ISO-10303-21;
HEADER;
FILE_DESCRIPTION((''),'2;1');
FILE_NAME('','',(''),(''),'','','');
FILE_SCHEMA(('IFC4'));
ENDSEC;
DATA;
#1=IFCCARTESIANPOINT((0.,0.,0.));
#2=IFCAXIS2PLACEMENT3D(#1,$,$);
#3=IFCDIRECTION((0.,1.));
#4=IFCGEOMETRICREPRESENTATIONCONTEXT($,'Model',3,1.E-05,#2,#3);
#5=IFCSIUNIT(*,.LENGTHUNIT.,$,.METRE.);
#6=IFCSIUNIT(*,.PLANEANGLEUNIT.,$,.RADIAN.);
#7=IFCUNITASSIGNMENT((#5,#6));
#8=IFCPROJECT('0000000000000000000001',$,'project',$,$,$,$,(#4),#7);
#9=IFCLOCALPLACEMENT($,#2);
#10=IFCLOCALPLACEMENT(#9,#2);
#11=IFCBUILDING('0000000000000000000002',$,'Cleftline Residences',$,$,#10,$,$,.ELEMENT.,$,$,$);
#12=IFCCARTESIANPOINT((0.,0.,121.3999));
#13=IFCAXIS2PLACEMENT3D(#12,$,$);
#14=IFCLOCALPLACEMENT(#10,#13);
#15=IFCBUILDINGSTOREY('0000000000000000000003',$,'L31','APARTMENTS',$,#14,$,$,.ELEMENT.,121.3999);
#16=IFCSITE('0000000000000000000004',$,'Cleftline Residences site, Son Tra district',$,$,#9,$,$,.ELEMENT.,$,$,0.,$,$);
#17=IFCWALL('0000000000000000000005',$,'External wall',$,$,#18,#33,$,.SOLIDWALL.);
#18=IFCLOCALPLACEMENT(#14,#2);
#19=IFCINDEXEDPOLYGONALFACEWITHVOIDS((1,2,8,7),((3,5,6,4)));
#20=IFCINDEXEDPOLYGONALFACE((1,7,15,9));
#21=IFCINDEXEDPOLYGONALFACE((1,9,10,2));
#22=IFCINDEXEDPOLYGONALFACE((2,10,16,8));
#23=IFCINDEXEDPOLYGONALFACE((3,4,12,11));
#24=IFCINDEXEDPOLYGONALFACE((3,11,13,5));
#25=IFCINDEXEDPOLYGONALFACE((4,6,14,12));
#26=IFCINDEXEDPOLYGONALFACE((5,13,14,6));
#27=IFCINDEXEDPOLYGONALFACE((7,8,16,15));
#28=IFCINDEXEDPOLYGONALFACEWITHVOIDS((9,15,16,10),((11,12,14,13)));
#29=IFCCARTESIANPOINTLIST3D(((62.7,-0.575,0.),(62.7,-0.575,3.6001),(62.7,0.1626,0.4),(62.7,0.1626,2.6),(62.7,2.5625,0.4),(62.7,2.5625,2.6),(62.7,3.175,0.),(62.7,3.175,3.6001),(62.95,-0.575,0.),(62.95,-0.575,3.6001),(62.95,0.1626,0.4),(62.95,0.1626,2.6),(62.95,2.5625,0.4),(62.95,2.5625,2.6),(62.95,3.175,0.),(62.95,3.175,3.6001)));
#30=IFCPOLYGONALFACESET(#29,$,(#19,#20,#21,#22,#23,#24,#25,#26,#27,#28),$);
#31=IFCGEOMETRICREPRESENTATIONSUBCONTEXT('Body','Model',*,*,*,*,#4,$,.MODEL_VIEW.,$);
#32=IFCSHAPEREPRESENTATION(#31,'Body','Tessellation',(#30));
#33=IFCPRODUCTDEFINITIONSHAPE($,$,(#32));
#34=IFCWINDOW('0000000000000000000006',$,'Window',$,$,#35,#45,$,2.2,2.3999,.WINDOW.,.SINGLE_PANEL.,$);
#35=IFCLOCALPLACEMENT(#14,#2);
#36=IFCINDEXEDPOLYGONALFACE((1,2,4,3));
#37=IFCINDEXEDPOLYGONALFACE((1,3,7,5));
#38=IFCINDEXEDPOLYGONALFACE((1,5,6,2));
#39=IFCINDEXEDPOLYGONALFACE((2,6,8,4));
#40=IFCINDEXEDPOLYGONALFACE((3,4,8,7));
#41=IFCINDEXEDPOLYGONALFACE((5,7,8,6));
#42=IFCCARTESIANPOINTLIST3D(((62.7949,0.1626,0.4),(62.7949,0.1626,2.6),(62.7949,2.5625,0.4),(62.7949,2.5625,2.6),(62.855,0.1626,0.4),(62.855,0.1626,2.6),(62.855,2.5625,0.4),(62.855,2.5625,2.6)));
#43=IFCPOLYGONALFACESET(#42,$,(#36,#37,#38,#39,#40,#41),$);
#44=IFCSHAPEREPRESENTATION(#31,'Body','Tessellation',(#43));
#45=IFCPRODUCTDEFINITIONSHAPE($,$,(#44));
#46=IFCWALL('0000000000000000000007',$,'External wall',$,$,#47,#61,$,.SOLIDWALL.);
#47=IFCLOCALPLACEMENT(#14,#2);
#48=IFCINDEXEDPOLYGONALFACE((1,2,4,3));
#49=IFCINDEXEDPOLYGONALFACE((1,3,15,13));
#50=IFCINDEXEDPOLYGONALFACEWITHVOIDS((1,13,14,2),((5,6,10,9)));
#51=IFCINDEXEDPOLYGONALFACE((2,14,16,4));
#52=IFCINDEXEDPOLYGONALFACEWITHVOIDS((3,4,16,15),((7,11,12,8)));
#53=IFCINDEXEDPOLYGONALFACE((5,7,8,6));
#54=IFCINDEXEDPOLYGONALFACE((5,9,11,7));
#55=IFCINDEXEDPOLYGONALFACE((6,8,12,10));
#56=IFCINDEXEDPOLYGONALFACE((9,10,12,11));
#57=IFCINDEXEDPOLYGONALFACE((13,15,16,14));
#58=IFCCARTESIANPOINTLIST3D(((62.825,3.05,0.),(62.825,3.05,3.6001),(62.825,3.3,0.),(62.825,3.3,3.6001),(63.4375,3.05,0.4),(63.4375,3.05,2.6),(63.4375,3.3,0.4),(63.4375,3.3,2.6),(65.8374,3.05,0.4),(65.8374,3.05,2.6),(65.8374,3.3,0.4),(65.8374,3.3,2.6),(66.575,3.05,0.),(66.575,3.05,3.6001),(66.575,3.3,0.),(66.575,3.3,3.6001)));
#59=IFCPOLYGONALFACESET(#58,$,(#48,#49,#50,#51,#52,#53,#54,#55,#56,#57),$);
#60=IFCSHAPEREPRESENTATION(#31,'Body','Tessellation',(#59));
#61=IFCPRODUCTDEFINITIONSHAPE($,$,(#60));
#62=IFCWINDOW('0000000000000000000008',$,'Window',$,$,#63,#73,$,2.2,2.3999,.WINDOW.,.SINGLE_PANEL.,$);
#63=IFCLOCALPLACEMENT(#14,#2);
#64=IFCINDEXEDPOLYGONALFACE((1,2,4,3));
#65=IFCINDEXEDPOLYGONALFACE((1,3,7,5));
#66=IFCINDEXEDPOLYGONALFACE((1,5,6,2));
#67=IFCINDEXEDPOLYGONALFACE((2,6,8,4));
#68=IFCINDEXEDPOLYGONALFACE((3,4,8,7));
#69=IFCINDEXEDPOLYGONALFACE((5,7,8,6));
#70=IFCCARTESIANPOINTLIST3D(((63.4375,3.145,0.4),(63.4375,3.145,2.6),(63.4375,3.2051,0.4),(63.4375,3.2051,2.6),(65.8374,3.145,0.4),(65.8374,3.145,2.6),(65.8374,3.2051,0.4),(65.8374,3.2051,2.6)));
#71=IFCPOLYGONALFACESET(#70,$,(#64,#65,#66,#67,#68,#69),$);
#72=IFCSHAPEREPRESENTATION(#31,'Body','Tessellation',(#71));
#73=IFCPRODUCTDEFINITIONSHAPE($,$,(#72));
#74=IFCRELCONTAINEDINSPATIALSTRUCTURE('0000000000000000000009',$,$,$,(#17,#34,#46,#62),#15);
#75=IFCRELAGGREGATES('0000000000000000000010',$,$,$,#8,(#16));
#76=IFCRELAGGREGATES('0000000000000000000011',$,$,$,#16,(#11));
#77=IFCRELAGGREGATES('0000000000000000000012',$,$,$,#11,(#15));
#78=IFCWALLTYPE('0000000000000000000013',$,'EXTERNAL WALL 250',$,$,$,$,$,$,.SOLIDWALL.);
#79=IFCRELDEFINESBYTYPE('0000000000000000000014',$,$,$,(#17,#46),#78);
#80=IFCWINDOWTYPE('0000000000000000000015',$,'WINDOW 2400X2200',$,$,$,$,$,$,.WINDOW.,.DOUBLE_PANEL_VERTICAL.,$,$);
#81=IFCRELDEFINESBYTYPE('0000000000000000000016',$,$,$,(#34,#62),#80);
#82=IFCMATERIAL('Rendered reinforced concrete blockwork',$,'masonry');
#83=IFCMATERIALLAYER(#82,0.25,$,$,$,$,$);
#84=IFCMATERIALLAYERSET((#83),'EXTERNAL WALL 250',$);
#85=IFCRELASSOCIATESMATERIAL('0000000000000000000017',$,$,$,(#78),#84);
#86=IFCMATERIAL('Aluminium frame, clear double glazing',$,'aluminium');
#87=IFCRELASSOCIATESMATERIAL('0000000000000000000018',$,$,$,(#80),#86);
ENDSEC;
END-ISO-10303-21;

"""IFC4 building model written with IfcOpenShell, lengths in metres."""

from ifc_helpers import new_model, si_unit, direction, frame, frame_2d, origin, place, context, subcontext, project, spatial, rectangle, extrude, material, layer, layer_set, type_object, element, fill, save


model = new_model("IFC4")

# Units and contexts
model_context = context("Model", 3, precision=1e-05, world=origin(), true_north=direction((0.0, 1.0)))
body_context = subcontext(model_context, "Body", "Model", "MODEL_VIEW")
ifc_project = project(units=[si_unit("LENGTHUNIT", "METRE"), si_unit("PLANEANGLEUNIT", "RADIAN")], contexts=[model_context])

# Site, building, storey
site_placement = place(None, origin())
site = spatial("IfcSite", under=ifc_project, at=site_placement, Name="Cleftline Residences site, Son Tra district", CompositionType="ELEMENT", RefElevation=0.0)
building_placement = place(site_placement, origin())
building = spatial("IfcBuilding", under=site, at=building_placement, Name="Cleftline Residences", CompositionType="ELEMENT")
storey_placement = place(building_placement, frame((0.0, 0.0, 121.3999)))
storey = spatial("IfcBuildingStorey", under=building, at=storey_placement, Name="L31", Description="APARTMENTS", CompositionType="ELEMENT", Elevation=121.3999)

# Walls, openings, windows
ifc_material_1 = material(Name="Rendered reinforced concrete blockwork", Category="masonry")
ifc_layer_1 = layer(ifc_material_1, 0.25)
ifc_layer_set_1 = layer_set([ifc_layer_1], Name="EXTERNAL WALL 250")
wall_type_1 = type_object("IfcWallType", Name="EXTERNAL WALL 250", PredefinedType="SOLIDWALL", material=ifc_layer_set_1)
wall_1_placement = place(storey_placement, frame((62.825, -0.575, 0.0), z_axis=(0.0, 0.0, 1.0), x_axis=(0.0, 1.0, 0.0)))
wall_1 = element("IfcWall", 1, at=wall_1_placement, inside=storey, type_object=wall_type_1, Name="External wall", PredefinedType="SOLIDWALL", context=body_context, shape_type="SweptSolid", body=[
    extrude(rectangle(XDim=3.75, YDim=0.25, at=frame_2d((1.875, 0.0))), origin(), (0.0, 0.0, 1.0), 3.6001),
])
opening_1_placement = place(wall_1_placement, frame((0.7375, 0.0, 0.3999)))
opening_1 = element("IfcOpeningElement", 2, at=opening_1_placement, cuts=wall_1, PredefinedType="OPENING", context=body_context, shape_type="SweptSolid", body=[
    extrude(rectangle(XDim=2.3999, YDim=2.2, at=frame_2d((1.2, 1.1001))), frame((0.0, 0.135, 0.0), z_axis=(0.0, -1.0, 0.0), x_axis=(1.0, 0.0, 0.0)), (0.0, 0.0, 1.0), 0.27),
])
ifc_material_2 = material(Name="Aluminium frame, clear double glazing", Category="aluminium")
window_type_1 = type_object("IfcWindowType", Name="WINDOW 2400X2200", PartitioningType="DOUBLE_PANEL_VERTICAL", PredefinedType="WINDOW", material=ifc_material_2)
window_1_placement = place(opening_1_placement, origin())
window_1 = element("IfcWindow", 3, at=window_1_placement, inside=storey, type_object=window_type_1, Name="Window", OverallHeight=2.2, OverallWidth=2.3999, PartitioningType="SINGLE_PANEL", PredefinedType="WINDOW", context=body_context, shape_type="SweptSolid", body=[
    extrude(rectangle(XDim=2.3999, YDim=2.2, at=frame_2d((1.2, 1.1001))), frame((0.0, 0.03, 0.0), z_axis=(0.0, -1.0, 0.0), x_axis=(1.0, 0.0, 0.0)), (0.0, 0.0, 1.0), 0.0601),
])
fill(opening_1, window_1)
wall_2_placement = place(storey_placement, frame((62.825, 3.175, 0.0), z_axis=(0.0, 0.0, 1.0), x_axis=(1.0, 0.0, 0.0)))
wall_2 = element("IfcWall", 4, at=wall_2_placement, inside=storey, type_object=wall_type_1, Name="External wall", PredefinedType="SOLIDWALL", context=body_context, shape_type="SweptSolid", body=[
    extrude(rectangle(XDim=3.75, YDim=0.25, at=frame_2d((1.875, 0.0))), origin(), (0.0, 0.0, 1.0), 3.6001),
])
opening_2_placement = place(wall_2_placement, frame((0.6125, 0.0, 0.3999)))
opening_2 = element("IfcOpeningElement", 5, at=opening_2_placement, cuts=wall_2, PredefinedType="OPENING", context=body_context, shape_type="SweptSolid", body=[
    extrude(rectangle(XDim=2.3999, YDim=2.2, at=frame_2d((1.2, 1.1001))), frame((0.0, 0.135, 0.0), z_axis=(0.0, -1.0, 0.0), x_axis=(1.0, 0.0, 0.0)), (0.0, 0.0, 1.0), 0.27),
])
window_2_placement = place(opening_2_placement, origin())
window_2 = element("IfcWindow", 6, at=window_2_placement, inside=storey, type_object=window_type_1, Name="Window", OverallHeight=2.2, OverallWidth=2.3999, PartitioningType="SINGLE_PANEL", PredefinedType="WINDOW", context=body_context, shape_type="SweptSolid", body=[
    extrude(rectangle(XDim=2.3999, YDim=2.2, at=frame_2d((1.2, 1.1001))), frame((0.0, 0.03, 0.0), z_axis=(0.0, -1.0, 0.0), x_axis=(1.0, 0.0, 0.0)), (0.0, 0.0, 1.0), 0.0601),
])
fill(opening_2, window_2)

save(model, "model.ifc")
